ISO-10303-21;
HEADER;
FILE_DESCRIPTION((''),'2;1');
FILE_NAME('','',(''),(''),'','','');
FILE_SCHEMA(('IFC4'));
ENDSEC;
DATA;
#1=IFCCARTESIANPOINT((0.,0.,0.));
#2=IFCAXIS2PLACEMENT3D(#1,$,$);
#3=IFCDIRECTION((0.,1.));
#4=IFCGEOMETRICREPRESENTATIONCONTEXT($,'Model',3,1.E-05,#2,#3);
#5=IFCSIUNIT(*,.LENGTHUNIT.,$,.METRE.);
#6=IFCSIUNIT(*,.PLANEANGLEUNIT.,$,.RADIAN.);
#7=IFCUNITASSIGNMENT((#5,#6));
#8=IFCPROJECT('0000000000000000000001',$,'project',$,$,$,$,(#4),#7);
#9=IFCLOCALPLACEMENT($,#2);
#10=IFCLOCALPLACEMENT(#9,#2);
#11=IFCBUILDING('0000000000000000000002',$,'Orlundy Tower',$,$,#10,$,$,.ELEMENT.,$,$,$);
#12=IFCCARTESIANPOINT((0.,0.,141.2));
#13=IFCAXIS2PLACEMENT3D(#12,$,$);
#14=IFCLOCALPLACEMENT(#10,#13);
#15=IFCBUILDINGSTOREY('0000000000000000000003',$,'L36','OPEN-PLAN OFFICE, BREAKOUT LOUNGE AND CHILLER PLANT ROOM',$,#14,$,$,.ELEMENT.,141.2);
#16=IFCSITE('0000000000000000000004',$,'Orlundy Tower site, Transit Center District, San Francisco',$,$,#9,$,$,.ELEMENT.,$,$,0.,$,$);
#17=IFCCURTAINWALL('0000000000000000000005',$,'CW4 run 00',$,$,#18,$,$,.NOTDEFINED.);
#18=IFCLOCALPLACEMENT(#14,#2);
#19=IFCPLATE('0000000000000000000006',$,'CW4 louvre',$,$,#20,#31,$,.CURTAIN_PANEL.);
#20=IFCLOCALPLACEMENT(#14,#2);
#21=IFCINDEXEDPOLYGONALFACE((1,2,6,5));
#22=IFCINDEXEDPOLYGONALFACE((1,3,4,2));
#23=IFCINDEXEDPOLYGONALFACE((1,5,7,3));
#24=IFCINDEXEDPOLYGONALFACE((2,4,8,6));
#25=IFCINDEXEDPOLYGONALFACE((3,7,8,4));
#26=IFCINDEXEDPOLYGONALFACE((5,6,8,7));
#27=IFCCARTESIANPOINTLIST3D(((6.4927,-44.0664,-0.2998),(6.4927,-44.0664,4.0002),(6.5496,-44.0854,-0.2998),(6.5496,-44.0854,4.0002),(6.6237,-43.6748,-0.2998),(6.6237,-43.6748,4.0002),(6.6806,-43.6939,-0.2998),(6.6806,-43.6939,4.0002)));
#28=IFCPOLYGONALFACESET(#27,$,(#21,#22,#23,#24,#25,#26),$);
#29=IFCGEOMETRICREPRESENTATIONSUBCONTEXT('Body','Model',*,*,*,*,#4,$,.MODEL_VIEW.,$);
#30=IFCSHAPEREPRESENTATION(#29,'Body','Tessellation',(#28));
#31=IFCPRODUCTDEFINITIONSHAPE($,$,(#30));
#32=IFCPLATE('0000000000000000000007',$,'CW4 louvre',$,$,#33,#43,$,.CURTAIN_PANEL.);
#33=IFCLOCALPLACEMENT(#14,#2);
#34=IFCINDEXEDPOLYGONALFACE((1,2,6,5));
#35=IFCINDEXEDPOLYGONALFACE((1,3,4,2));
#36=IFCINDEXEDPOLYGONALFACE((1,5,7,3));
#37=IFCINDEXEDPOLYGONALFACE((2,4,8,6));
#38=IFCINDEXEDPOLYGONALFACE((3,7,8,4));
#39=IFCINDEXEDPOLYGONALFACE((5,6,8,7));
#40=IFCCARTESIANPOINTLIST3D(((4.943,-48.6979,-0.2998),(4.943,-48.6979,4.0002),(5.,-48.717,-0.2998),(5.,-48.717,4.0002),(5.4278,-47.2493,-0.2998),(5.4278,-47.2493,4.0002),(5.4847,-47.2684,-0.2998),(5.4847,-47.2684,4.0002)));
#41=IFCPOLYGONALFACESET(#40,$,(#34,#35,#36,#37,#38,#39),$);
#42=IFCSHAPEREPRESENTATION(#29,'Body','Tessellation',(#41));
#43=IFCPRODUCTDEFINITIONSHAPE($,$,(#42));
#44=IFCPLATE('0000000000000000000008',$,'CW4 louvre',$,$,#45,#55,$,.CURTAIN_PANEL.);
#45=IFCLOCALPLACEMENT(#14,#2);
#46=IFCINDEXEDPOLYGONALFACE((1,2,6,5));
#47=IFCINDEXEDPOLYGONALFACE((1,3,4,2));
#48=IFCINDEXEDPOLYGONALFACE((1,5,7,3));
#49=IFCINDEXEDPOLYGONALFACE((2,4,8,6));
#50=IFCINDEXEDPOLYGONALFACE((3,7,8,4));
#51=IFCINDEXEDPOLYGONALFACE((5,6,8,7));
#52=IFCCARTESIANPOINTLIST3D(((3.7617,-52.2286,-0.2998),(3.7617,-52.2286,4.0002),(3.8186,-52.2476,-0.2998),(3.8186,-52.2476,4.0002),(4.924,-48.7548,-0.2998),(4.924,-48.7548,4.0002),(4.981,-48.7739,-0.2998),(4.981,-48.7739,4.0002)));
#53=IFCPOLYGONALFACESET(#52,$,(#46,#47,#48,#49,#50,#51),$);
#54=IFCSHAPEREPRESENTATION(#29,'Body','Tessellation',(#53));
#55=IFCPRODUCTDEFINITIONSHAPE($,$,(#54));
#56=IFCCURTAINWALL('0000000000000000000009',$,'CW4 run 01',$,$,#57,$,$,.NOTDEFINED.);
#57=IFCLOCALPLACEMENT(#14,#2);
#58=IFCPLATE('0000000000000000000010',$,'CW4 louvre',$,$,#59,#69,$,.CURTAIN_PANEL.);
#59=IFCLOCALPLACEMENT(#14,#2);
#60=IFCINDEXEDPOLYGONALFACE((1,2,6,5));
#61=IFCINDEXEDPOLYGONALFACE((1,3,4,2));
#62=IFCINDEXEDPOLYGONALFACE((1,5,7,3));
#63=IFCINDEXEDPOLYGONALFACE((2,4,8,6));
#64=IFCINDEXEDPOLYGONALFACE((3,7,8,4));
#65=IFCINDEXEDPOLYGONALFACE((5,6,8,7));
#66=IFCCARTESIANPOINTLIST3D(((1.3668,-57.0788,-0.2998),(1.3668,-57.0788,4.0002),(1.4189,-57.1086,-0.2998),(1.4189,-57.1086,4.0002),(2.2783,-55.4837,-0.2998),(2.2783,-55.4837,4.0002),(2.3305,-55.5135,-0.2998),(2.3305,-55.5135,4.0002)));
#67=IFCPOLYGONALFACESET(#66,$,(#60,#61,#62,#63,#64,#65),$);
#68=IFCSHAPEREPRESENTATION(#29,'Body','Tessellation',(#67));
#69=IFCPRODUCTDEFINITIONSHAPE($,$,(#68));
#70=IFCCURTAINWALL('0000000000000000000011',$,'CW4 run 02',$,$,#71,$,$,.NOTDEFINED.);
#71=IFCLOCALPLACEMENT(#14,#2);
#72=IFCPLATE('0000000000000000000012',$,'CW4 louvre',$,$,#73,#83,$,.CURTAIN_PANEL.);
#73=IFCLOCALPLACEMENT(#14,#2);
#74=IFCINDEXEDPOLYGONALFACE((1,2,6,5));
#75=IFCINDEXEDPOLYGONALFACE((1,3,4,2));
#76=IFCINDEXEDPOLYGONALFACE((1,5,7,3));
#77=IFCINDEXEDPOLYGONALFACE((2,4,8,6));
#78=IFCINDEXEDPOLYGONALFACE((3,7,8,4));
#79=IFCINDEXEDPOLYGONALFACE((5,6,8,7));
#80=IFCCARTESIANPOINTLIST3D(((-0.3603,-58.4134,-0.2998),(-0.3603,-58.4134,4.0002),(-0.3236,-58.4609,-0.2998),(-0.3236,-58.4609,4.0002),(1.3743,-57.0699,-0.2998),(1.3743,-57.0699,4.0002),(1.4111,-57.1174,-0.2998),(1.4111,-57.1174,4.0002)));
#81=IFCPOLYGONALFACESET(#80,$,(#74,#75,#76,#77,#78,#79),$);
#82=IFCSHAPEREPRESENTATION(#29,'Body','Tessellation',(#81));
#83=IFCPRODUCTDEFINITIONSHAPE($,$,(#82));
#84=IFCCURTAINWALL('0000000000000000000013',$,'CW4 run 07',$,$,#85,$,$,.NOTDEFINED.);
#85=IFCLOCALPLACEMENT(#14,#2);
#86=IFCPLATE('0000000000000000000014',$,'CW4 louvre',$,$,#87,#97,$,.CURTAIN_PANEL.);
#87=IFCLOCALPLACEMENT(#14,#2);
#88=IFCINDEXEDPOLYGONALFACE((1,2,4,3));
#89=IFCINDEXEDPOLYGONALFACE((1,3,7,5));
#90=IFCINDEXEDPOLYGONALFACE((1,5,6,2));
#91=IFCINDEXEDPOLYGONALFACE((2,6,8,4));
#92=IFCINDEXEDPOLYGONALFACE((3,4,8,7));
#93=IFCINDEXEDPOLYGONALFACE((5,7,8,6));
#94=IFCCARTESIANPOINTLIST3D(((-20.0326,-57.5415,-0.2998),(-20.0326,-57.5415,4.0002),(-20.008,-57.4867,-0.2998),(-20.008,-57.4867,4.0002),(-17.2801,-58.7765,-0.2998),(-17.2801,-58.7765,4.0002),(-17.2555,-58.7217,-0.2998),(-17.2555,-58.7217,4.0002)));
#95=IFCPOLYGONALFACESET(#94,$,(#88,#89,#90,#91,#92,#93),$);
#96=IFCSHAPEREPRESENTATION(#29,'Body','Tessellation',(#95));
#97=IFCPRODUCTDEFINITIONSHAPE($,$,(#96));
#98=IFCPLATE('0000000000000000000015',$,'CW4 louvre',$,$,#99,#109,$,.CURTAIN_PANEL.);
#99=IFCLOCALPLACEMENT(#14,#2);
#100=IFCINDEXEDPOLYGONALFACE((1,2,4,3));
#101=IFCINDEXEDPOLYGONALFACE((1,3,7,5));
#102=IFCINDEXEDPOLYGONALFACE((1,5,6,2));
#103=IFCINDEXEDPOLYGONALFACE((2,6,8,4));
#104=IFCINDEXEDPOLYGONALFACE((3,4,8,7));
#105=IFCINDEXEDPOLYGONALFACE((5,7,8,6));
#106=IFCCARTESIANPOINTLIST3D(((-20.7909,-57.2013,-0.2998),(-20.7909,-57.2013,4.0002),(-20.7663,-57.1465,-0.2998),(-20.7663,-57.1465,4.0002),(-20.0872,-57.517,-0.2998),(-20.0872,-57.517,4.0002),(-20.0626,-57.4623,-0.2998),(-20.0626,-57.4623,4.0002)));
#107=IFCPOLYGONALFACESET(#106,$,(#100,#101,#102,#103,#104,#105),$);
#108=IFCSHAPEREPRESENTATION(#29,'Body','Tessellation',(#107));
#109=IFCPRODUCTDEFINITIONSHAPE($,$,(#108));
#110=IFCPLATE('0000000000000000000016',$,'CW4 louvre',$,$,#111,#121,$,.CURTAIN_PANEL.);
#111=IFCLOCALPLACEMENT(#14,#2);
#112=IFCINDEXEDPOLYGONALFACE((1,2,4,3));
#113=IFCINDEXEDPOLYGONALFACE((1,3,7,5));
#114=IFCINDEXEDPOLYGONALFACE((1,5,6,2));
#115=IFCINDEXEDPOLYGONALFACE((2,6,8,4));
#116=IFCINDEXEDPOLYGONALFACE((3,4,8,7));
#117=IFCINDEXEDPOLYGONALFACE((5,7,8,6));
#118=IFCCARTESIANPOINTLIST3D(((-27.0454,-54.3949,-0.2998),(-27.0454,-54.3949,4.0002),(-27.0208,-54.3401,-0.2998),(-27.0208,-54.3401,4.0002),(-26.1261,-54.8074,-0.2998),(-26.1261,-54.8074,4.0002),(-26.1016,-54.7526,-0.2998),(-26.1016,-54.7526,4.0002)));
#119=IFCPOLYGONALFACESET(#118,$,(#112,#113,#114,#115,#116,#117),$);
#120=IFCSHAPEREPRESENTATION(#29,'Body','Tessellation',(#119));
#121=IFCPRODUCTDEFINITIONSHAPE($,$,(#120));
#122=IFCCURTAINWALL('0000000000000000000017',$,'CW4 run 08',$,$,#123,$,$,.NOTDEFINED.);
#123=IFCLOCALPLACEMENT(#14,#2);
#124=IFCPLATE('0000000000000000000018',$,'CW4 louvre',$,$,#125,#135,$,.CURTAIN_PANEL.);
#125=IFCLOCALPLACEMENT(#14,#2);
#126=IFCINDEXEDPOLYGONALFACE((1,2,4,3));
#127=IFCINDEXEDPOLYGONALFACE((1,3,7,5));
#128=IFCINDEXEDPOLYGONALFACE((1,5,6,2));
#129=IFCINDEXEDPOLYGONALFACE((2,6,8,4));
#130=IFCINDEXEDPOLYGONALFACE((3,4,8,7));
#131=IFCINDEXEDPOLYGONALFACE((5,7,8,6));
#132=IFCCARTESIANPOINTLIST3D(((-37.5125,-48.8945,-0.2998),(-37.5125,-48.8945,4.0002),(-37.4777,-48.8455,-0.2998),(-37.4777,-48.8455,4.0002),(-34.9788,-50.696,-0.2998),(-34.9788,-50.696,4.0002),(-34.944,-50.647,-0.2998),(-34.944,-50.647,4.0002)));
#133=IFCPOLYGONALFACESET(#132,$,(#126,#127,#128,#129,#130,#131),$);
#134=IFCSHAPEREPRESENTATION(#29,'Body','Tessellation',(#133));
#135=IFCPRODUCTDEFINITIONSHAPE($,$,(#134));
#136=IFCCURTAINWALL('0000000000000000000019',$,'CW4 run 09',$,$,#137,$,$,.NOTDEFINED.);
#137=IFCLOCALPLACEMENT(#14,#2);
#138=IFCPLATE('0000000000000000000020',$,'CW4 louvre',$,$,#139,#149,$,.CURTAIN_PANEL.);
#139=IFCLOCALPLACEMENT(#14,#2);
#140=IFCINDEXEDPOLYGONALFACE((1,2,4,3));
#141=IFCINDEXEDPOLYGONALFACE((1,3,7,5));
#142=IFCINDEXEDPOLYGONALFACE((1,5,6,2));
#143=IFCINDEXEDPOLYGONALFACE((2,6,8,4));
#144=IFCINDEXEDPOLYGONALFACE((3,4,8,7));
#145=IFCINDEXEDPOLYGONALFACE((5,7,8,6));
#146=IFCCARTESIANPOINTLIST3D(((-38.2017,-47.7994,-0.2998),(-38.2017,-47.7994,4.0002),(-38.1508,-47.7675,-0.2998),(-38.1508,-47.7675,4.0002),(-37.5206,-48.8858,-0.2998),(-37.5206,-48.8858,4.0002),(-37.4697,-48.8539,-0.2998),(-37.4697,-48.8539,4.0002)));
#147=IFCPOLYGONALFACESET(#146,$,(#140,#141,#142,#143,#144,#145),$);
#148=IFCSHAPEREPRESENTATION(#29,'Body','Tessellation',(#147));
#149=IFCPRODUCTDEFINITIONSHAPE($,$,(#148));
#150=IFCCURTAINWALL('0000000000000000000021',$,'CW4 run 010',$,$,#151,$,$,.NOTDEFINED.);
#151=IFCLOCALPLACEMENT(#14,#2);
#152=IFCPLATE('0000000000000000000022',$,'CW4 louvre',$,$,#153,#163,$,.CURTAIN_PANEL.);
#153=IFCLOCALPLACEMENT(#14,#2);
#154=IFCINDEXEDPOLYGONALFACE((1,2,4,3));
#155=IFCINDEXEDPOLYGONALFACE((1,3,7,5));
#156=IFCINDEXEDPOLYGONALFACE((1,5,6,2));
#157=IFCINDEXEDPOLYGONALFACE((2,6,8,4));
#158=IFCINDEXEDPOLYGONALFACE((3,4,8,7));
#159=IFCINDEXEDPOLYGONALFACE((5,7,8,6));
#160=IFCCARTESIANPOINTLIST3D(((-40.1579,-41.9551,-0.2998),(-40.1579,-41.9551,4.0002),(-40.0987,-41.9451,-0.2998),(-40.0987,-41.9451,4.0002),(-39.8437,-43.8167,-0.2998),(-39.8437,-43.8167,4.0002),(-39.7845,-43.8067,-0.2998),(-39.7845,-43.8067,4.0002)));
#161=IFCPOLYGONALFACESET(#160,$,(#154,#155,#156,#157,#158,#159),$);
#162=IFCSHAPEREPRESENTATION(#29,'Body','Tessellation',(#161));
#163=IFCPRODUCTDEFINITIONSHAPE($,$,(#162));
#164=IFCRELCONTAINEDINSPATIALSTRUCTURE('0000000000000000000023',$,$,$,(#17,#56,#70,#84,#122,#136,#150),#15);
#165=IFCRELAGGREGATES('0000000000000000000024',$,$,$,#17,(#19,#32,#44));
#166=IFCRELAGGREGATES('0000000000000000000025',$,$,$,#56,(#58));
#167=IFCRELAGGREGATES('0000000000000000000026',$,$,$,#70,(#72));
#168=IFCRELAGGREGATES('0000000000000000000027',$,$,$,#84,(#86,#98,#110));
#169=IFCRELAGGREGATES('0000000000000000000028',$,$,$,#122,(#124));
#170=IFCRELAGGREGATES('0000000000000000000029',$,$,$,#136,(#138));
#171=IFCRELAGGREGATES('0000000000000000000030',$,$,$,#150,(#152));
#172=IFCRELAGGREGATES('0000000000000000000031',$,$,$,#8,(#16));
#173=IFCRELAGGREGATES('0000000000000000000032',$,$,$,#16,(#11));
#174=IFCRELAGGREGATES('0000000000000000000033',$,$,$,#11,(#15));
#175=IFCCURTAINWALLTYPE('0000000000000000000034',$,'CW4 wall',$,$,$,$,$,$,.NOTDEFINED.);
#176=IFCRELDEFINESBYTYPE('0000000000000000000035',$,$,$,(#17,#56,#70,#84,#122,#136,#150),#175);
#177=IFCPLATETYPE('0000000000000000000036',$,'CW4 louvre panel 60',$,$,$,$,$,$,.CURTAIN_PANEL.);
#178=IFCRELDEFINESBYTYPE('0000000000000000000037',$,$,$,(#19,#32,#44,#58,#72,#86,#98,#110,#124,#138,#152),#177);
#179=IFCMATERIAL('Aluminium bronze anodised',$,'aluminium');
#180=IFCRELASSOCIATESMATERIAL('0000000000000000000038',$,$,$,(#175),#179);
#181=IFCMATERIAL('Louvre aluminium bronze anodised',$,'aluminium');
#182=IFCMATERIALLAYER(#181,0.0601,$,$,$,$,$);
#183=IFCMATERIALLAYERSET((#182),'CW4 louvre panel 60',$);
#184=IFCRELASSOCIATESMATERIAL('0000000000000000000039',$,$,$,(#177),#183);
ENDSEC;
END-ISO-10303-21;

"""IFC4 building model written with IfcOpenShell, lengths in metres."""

from ifc_helpers import new_model, si_unit, direction, frame, origin, origin_2d, place, context, subcontext, project, spatial, rectangle, extrude, material, layer, layer_set, type_object, element, aggregate, save


model = new_model("IFC4")

# Units and contexts
model_context = context("Model", 3, precision=1e-05, world=origin(), true_north=direction((0.0, 1.0)))
body_context = subcontext(model_context, "Body", "Model", "MODEL_VIEW")
ifc_project = project(units=[si_unit("LENGTHUNIT", "METRE"), si_unit("PLANEANGLEUNIT", "RADIAN")], contexts=[model_context])

# Site, building, storey
site_placement = place(None, origin())
site = spatial("IfcSite", under=ifc_project, at=site_placement, Name="Orlundy Tower site, Transit Center District, San Francisco", CompositionType="ELEMENT", RefElevation=0.0)
building_placement = place(site_placement, origin())
building = spatial("IfcBuilding", under=site, at=building_placement, Name="Orlundy Tower", CompositionType="ELEMENT")
storey_placement = place(building_placement, frame((0.0, 0.0, 141.2)))
storey = spatial("IfcBuildingStorey", under=building, at=storey_placement, Name="L36", Description="OPEN-PLAN OFFICE, BREAKOUT LOUNGE AND CHILLER PLANT ROOM", CompositionType="ELEMENT", Elevation=141.2)

# Curtain wall, plates
ifc_material_1 = material(Name="Aluminium bronze anodised", Category="aluminium")
curtain_wall_type = type_object("IfcCurtainWallType", Name="CW4 wall", PredefinedType="NOTDEFINED", material=ifc_material_1)
curtain_wall_1_placement = place(storey_placement, origin())
curtain_wall_1 = element("IfcCurtainWall", 1, at=curtain_wall_1_placement, inside=storey, type_object=curtain_wall_type, Name="CW4 run 00", PredefinedType="NOTDEFINED")
ifc_material_2 = material(Name="Louvre aluminium bronze anodised", Category="aluminium")
ifc_layer = layer(ifc_material_2, 0.0601)
ifc_layer_set = layer_set([ifc_layer], Name="CW4 louvre panel 60")
plate_type = type_object("IfcPlateType", Name="CW4 louvre panel 60", PredefinedType="CURTAIN_PANEL", material=ifc_layer_set)
plate_1_placement = place(storey_placement, frame((6.5867, -43.8801, -0.2998), z_axis=(0.0, 0.0, 1.0), x_axis=(-0.317314, -0.948321, 0.0)))
plate_1 = element("IfcPlate", 2, at=plate_1_placement, type_object=plate_type, Name="CW4 louvre", PredefinedType="CURTAIN_PANEL", context=body_context, shape_type="SweptSolid", body=[
    extrude(rectangle(XDim=0.4128, YDim=0.0601, at=origin_2d()), origin(), (0.0, 0.0, 1.0), 4.3),
])
plate_2_placement = place(storey_placement, frame((5.2139, -47.9832, -0.2998), z_axis=(0.0, 0.0, 1.0), x_axis=(-0.317314, -0.948321, 0.0)))
plate_2 = element("IfcPlate", 3, at=plate_2_placement, type_object=plate_type, Name="CW4 louvre", PredefinedType="CURTAIN_PANEL", context=body_context, shape_type="SweptSolid", body=[
    extrude(rectangle(XDim=1.5276, YDim=0.0601, at=origin_2d()), origin(), (0.0, 0.0, 1.0), 4.3),
])
plate_3_placement = place(storey_placement, frame((4.3713, -50.5012, -0.2998), z_axis=(0.0, 0.0, 1.0), x_axis=(-0.317314, -0.948321, 0.0)))
plate_3 = element("IfcPlate", 4, at=plate_3_placement, type_object=plate_type, Name="CW4 louvre", PredefinedType="CURTAIN_PANEL", context=body_context, shape_type="SweptSolid", body=[
    extrude(rectangle(XDim=3.6631, YDim=0.0601, at=origin_2d()), origin(), (0.0, 0.0, 1.0), 4.3),
])
aggregate(curtain_wall_1, [plate_1, plate_2, plate_3])

# Curtain walls, plates
curtain_wall_2_placement = place(storey_placement, origin())
curtain_wall_2 = element("IfcCurtainWall", 5, at=curtain_wall_2_placement, inside=storey, type_object=curtain_wall_type, Name="CW4 run 01", PredefinedType="NOTDEFINED")
plate_4_placement = place(storey_placement, frame((1.8486, -56.2961, -0.2998), z_axis=(0.0, 0.0, 1.0), x_axis=(-0.496168, -0.868227, 0.0)))
plate_4 = element("IfcPlate", 6, at=plate_4_placement, type_object=plate_type, Name="CW4 louvre", PredefinedType="CURTAIN_PANEL", context=body_context, shape_type="SweptSolid", body=[
    extrude(rectangle(XDim=1.8372, YDim=0.0601, at=origin_2d()), origin(), (0.0, 0.0, 1.0), 4.3),
])
aggregate(curtain_wall_2, [plate_4])
curtain_wall_3_placement = place(storey_placement, origin())
curtain_wall_3 = element("IfcCurtainWall", 7, at=curtain_wall_3_placement, inside=storey, type_object=curtain_wall_type, Name="CW4 run 02", PredefinedType="NOTDEFINED")
plate_5_placement = place(storey_placement, frame((0.5254, -57.7654, -0.2998), z_axis=(0.0, 0.0, 1.0), x_axis=(-0.790614, -0.612315, 0.0)))
plate_5 = element("IfcPlate", 8, at=plate_5_placement, type_object=plate_type, Name="CW4 louvre", PredefinedType="CURTAIN_PANEL", context=body_context, shape_type="SweptSolid", body=[
    extrude(rectangle(XDim=2.1941, YDim=0.0601, at=origin_2d()), origin(), (0.0, 0.0, 1.0), 4.3),
])
aggregate(curtain_wall_3, [plate_5])

# Curtain wall, plates
curtain_wall_4_placement = place(storey_placement, origin())
curtain_wall_4 = element("IfcCurtainWall", 9, at=curtain_wall_4_placement, inside=storey, type_object=curtain_wall_type, Name="CW4 run 07", PredefinedType="NOTDEFINED")
plate_6_placement = place(storey_placement, frame((-18.644, -58.1316, -0.2998), z_axis=(0.0, 0.0, 1.0), x_axis=(-0.912366, 0.409374, 0.0)))
plate_6 = element("IfcPlate", 10, at=plate_6_placement, type_object=plate_type, Name="CW4 louvre", PredefinedType="CURTAIN_PANEL", context=body_context, shape_type="SweptSolid", body=[
    extrude(rectangle(XDim=3.0168, YDim=0.0601, at=origin_2d()), origin(), (0.0, 0.0, 1.0), 4.3),
])
plate_7_placement = place(storey_placement, frame((-20.4268, -57.3318, -0.2998), z_axis=(0.0, 0.0, 1.0), x_axis=(-0.912366, 0.409374, 0.0)))
plate_7 = element("IfcPlate", 11, at=plate_7_placement, type_object=plate_type, Name="CW4 louvre", PredefinedType="CURTAIN_PANEL", context=body_context, shape_type="SweptSolid", body=[
    extrude(rectangle(XDim=0.7712, YDim=0.0601, at=origin_2d()), origin(), (0.0, 0.0, 1.0), 4.3),
])
plate_8_placement = place(storey_placement, frame((-26.5735, -54.5737, -0.2998), z_axis=(0.0, 0.0, 1.0), x_axis=(-0.912366, 0.409374, 0.0)))
plate_8 = element("IfcPlate", 12, at=plate_8_placement, type_object=plate_type, Name="CW4 louvre", PredefinedType="CURTAIN_PANEL", context=body_context, shape_type="SweptSolid", body=[
    extrude(rectangle(XDim=1.0076, YDim=0.0601, at=origin_2d()), origin(), (0.0, 0.0, 1.0), 4.3),
])
aggregate(curtain_wall_4, [plate_6, plate_7, plate_8])

# Curtain walls, plates
curtain_wall_5_placement = place(storey_placement, origin())
curtain_wall_5 = element("IfcCurtainWall", 13, at=curtain_wall_5_placement, inside=storey, type_object=curtain_wall_type, Name="CW4 run 08", PredefinedType="NOTDEFINED")
plate_9_placement = place(storey_placement, frame((-36.2283, -49.7708, -0.2998), z_axis=(0.0, 0.0, 1.0), x_axis=(-0.814989, 0.579476, 0.0)))
plate_9 = element("IfcPlate", 14, at=plate_9_placement, type_object=plate_type, Name="CW4 louvre", PredefinedType="CURTAIN_PANEL", context=body_context, shape_type="SweptSolid", body=[
    extrude(rectangle(XDim=3.1089, YDim=0.0601, at=origin_2d()), origin(), (0.0, 0.0, 1.0), 4.3),
])
aggregate(curtain_wall_5, [plate_9])
curtain_wall_6_placement = place(storey_placement, origin())
curtain_wall_6 = element("IfcCurtainWall", 15, at=curtain_wall_6_placement, inside=storey, type_object=curtain_wall_type, Name="CW4 run 09", PredefinedType="NOTDEFINED")
plate_10_placement = place(storey_placement, frame((-37.8357, -48.3267, -0.2998), z_axis=(0.0, 0.0, 1.0), x_axis=(-0.531138, 0.847285, 0.0)))
plate_10 = element("IfcPlate", 16, at=plate_10_placement, type_object=plate_type, Name="CW4 louvre", PredefinedType="CURTAIN_PANEL", context=body_context, shape_type="SweptSolid", body=[
    extrude(rectangle(XDim=1.2822, YDim=0.0601, at=origin_2d()), origin(), (0.0, 0.0, 1.0), 4.3),
])
aggregate(curtain_wall_6, [plate_10])
curtain_wall_7_placement = place(storey_placement, origin())
curtain_wall_7 = element("IfcCurtainWall", 17, at=curtain_wall_7_placement, inside=storey, type_object=curtain_wall_type, Name="CW4 run 010", PredefinedType="NOTDEFINED")
plate_11_placement = place(storey_placement, frame((-39.9712, -42.8809, -0.2998), z_axis=(0.0, 0.0, 1.0), x_axis=(-0.166455, 0.986049, 0.0)))
plate_11 = element("IfcPlate", 18, at=plate_11_placement, type_object=plate_type, Name="CW4 louvre", PredefinedType="CURTAIN_PANEL", context=body_context, shape_type="SweptSolid", body=[
    extrude(rectangle(XDim=1.8879, YDim=0.0601, at=origin_2d()), origin(), (0.0, 0.0, 1.0), 4.3),
])
aggregate(curtain_wall_7, [plate_11])

save(model, "model.ifc")
